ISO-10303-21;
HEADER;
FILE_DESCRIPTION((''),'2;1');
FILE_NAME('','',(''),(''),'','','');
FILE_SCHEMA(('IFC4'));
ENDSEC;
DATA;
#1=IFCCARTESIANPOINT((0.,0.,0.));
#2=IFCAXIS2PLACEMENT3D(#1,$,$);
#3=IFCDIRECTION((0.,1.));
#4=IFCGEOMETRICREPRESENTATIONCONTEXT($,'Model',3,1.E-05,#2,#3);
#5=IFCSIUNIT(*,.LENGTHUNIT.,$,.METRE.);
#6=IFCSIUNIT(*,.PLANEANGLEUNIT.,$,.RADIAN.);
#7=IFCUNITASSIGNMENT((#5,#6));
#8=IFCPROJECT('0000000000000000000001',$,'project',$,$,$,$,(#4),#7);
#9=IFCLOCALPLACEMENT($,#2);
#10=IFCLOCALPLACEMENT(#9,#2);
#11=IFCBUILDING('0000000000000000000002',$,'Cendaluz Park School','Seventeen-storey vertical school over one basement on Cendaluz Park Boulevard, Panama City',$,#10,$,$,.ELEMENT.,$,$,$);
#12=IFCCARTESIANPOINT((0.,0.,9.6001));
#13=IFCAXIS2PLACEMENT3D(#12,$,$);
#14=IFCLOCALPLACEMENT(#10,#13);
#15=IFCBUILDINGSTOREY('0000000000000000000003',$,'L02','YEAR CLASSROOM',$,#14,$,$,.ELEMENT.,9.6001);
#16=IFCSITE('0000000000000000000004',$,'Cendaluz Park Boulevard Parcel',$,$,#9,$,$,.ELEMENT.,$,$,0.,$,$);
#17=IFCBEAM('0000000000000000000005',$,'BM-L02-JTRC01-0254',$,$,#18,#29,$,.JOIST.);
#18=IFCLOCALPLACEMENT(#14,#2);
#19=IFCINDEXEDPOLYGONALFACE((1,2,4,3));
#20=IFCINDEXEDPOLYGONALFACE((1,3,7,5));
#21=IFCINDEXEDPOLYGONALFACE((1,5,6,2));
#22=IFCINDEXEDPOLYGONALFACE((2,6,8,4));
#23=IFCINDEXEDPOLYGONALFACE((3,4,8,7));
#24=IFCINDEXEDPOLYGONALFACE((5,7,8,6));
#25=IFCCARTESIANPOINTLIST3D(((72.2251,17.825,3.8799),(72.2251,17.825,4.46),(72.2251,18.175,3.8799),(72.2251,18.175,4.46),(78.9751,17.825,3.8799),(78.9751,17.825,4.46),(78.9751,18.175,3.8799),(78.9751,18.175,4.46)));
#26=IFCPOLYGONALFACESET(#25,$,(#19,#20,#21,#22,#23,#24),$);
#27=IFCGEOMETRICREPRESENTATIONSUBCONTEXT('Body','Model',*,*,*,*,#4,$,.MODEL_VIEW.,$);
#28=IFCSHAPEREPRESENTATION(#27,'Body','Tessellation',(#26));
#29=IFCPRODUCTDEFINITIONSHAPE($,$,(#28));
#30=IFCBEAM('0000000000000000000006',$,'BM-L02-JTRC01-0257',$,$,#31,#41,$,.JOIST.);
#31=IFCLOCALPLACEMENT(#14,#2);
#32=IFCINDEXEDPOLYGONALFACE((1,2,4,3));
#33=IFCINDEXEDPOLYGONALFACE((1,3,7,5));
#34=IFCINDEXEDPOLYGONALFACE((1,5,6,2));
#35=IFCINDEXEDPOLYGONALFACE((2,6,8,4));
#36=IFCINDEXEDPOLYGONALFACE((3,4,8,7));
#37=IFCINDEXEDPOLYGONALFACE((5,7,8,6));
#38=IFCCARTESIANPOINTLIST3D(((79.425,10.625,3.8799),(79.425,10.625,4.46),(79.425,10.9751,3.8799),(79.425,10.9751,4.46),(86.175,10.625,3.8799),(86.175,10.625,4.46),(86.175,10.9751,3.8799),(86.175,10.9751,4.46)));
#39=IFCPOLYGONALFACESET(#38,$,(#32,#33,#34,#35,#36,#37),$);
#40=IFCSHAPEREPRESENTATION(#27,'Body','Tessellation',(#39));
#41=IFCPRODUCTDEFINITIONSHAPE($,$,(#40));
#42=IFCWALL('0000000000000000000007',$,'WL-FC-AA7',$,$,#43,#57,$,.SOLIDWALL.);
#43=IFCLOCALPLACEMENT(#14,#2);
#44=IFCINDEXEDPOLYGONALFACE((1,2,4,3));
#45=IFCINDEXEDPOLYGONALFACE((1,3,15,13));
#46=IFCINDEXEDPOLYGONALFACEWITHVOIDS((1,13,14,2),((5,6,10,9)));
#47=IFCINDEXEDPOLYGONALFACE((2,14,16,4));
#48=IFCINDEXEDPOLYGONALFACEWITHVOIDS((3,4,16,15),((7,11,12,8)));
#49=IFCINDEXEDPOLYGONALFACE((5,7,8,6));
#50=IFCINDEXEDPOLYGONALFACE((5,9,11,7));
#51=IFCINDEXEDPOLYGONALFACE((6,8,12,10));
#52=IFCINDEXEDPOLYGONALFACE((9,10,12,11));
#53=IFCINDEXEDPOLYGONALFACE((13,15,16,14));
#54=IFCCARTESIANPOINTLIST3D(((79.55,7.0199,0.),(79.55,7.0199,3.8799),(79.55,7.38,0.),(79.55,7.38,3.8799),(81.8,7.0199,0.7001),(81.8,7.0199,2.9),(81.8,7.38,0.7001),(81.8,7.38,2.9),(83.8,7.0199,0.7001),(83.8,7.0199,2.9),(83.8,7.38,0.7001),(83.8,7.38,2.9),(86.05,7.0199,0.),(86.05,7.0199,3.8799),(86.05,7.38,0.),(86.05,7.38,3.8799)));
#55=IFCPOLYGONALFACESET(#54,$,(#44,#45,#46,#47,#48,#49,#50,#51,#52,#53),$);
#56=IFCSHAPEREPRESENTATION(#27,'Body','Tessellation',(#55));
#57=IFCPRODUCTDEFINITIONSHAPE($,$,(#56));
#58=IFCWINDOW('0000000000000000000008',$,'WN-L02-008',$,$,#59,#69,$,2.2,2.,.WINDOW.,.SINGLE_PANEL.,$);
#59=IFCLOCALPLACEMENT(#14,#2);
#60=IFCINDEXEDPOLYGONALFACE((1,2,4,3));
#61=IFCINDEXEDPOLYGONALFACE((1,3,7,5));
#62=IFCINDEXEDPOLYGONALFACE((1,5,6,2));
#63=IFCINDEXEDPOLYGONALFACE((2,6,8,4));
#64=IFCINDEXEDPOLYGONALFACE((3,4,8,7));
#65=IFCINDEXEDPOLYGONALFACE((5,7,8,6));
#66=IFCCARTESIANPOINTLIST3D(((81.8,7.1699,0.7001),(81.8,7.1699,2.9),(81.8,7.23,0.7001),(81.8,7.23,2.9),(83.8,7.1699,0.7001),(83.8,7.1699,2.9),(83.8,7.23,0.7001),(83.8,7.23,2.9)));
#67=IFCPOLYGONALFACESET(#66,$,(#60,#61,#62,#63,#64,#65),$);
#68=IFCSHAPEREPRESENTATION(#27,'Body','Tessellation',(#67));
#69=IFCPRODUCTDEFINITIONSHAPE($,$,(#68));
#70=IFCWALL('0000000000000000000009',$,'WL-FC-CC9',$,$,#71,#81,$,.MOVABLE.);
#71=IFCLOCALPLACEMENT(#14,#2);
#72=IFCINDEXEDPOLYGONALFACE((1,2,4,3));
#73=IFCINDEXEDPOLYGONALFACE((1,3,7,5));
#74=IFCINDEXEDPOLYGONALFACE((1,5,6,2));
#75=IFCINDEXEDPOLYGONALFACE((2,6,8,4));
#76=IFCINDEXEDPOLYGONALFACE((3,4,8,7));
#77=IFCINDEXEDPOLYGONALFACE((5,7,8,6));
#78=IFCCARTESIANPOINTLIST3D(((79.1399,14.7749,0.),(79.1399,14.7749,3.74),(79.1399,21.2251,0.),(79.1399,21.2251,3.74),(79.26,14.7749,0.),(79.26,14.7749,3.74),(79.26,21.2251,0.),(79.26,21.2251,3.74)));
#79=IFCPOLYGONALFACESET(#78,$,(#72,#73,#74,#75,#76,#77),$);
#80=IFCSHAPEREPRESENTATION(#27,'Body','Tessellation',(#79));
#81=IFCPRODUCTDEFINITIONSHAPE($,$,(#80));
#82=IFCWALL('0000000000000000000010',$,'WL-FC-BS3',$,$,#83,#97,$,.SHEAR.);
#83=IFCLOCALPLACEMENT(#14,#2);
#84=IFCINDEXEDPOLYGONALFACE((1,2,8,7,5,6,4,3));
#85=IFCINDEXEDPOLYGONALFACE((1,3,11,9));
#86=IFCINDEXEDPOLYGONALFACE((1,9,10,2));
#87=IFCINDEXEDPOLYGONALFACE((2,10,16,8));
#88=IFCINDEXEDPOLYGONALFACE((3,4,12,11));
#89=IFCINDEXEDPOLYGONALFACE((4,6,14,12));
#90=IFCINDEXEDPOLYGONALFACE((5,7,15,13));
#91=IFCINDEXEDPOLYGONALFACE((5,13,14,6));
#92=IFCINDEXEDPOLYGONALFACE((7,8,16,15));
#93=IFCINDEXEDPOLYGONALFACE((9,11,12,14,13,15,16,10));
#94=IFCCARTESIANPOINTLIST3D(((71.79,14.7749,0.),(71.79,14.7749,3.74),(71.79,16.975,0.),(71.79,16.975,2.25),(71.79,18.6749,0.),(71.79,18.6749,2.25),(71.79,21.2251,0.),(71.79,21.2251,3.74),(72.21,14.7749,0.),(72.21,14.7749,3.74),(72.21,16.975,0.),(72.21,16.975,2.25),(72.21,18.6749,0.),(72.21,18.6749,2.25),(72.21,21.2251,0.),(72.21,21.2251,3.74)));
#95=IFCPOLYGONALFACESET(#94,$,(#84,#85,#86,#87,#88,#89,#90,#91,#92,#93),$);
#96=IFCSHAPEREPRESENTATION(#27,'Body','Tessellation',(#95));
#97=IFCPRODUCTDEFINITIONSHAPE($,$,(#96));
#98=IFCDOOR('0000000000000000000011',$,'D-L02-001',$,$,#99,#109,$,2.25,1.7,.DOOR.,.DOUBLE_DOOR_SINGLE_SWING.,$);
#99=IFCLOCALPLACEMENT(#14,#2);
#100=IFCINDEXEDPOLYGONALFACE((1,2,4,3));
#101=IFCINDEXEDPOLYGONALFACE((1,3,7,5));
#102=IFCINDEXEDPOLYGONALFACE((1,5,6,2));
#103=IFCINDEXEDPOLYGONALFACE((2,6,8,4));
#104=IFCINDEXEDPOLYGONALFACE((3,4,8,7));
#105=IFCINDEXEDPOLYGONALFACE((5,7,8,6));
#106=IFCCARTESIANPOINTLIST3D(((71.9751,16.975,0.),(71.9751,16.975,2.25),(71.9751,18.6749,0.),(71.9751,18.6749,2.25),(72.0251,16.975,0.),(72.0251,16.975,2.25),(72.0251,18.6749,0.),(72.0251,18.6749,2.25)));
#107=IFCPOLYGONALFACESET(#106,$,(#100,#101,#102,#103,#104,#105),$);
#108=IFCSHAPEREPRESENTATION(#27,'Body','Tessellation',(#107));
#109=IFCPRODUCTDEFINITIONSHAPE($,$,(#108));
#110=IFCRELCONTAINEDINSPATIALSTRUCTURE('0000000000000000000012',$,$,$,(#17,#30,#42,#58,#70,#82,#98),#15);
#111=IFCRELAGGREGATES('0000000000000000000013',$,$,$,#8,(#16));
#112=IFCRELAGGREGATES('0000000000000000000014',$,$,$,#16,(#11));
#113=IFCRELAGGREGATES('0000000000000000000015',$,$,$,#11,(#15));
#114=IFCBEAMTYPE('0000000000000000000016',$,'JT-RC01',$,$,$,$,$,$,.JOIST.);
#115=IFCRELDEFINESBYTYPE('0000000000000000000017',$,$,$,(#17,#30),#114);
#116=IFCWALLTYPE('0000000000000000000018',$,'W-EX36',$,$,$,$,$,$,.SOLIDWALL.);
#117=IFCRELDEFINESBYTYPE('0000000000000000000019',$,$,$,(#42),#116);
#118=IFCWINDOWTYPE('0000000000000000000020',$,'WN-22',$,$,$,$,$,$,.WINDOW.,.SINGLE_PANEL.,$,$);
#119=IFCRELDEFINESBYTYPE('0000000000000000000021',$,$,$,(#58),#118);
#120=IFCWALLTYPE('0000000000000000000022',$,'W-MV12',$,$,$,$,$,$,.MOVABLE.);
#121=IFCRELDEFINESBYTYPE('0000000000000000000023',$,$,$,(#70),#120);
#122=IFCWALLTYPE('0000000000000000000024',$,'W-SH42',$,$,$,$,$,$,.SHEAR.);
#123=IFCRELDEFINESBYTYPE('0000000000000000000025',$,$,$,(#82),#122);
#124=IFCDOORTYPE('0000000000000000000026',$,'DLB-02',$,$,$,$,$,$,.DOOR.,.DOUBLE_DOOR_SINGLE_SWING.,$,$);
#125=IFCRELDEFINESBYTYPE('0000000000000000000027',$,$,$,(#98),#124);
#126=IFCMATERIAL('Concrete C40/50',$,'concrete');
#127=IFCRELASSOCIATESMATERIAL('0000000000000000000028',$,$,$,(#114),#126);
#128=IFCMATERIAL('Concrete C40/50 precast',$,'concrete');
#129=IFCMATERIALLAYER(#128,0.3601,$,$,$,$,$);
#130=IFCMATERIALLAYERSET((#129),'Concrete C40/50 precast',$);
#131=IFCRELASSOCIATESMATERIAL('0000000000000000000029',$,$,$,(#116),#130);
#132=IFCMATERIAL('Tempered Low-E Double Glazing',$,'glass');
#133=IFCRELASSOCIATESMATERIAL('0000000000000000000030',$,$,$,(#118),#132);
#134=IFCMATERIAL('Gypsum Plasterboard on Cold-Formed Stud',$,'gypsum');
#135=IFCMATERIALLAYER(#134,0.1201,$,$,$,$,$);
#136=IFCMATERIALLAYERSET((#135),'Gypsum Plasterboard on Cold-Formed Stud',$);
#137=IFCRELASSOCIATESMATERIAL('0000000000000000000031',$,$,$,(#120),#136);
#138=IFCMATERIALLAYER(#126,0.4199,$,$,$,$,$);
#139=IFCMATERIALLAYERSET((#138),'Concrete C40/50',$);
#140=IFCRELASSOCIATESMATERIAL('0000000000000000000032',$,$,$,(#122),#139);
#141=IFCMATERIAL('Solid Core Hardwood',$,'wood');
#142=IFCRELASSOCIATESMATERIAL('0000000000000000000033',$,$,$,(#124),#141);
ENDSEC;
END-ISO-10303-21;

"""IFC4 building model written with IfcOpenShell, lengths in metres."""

from ifc_helpers import new_model, si_unit, direction, frame, frame_2d, origin, origin_2d, place, context, subcontext, project, spatial, rectangle, extrude, material, layer, layer_set, material_profile, profile_set, type_object, element, fill, save


model = new_model("IFC4")

# Units and contexts
model_context = context("Model", 3, precision=1e-05, world=origin(), true_north=direction((0.0, 1.0)))
body_context = subcontext(model_context, "Body", "Model", "MODEL_VIEW")
ifc_project = project(units=[si_unit("LENGTHUNIT", "METRE"), si_unit("PLANEANGLEUNIT", "RADIAN")], contexts=[model_context])

# Site, building, storey
site_placement = place(None, origin())
site = spatial("IfcSite", under=ifc_project, at=site_placement, Name="Cendaluz Park Boulevard Parcel", CompositionType="ELEMENT", RefElevation=0.0)
building_placement = place(site_placement, origin())
building = spatial("IfcBuilding", under=site, at=building_placement, Name="Cendaluz Park School", Description="Seventeen-storey vertical school over one basement on Cendaluz Park Boulevard, Panama City", CompositionType="ELEMENT")
storey_placement = place(building_placement, frame((0.0, 0.0, 9.6001)))
storey = spatial("IfcBuildingStorey", under=building, at=storey_placement, Name="L02", Description="YEAR CLASSROOM", CompositionType="ELEMENT", Elevation=9.6001)

# Shared definitions
ifc_material_1 = material(Name="Concrete C40/50", Category="concrete")

# Beams
ifc_material_profile_1 = material_profile(ifc_material_1, rectangle(XDim=0.3501, YDim=0.5801, at=origin_2d()), Name="RC 350x580", Category="concrete")
ifc_profile_set_1 = profile_set([ifc_material_profile_1], Name="Concrete C40/50")
beam_type_1 = type_object("IfcBeamType", Name="JT-RC01", PredefinedType="JOIST", material=ifc_profile_set_1)
for number, where, z_axis, x_axis, name in (
    (1, (72.2251, 18.0, 4.1699), (1.0, 0.0, 0.0), (0.0, 1.0, 0.0), "BM-L02-JTRC01-0254"),
    (2, (79.425, 10.8, 4.1699), (1.0, 0.0, 0.0), (0.0, 1.0, 0.0), "BM-L02-JTRC01-0257"),
):
    element("IfcBeam", number, at=place(storey_placement, frame(where, z_axis=z_axis, x_axis=x_axis)), inside=storey, type_object=beam_type_1, Name=name, PredefinedType="JOIST", context=body_context, shape_type="SweptSolid", body=[
        extrude(rectangle(XDim=0.3501, YDim=0.5801, at=origin_2d()), origin(), (0.0, 0.0, 1.0), 6.75),
    ])

# Wall, opening, window
ifc_material_2 = material(Name="Concrete C40/50 precast", Category="concrete")
ifc_layer_1 = layer(ifc_material_2, 0.3601)
ifc_layer_set_1 = layer_set([ifc_layer_1], Name="Concrete C40/50 precast")
wall_type_1 = type_object("IfcWallType", Name="W-EX36", PredefinedType="SOLIDWALL", material=ifc_layer_set_1)
wall_1_placement = place(storey_placement, frame((79.55, 7.2, 0.0), z_axis=(0.0, 0.0, 1.0), x_axis=(1.0, 0.0, 0.0)))
wall_1 = element("IfcWall", 3, at=wall_1_placement, inside=storey, type_object=wall_type_1, Name="WL-FC-AA7", PredefinedType="SOLIDWALL", context=body_context, shape_type="SweptSolid", body=[
    extrude(rectangle(XDim=6.5, YDim=0.3601, at=frame_2d((3.25, 0.0))), origin(), (0.0, 0.0, 1.0), 3.8799),
])
opening_1_placement = place(wall_1_placement, frame((2.25, 0.0, 0.7)))
opening_1 = element("IfcOpeningElement", 4, at=opening_1_placement, cuts=wall_1, PredefinedType="OPENING", context=body_context, shape_type="SweptSolid", body=[
    extrude(rectangle(XDim=2.0, YDim=2.2, at=frame_2d((1.0, 1.1001))), frame((0.0, 0.1921, 0.0), z_axis=(0.0, -1.0, 0.0), x_axis=(1.0, 0.0, 0.0)), (0.0, 0.0, 1.0), 0.384),
])
ifc_material_3 = material(Name="Tempered Low-E Double Glazing", Category="glass")
window_type = type_object("IfcWindowType", Name="WN-22", PartitioningType="SINGLE_PANEL", PredefinedType="WINDOW", material=ifc_material_3)
window_placement = place(opening_1_placement, origin())
window = element("IfcWindow", 5, at=window_placement, inside=storey, type_object=window_type, Name="WN-L02-008", OverallHeight=2.2, OverallWidth=2.0, PartitioningType="SINGLE_PANEL", PredefinedType="WINDOW", context=body_context, shape_type="SweptSolid", body=[
    extrude(rectangle(XDim=2.0, YDim=2.2, at=frame_2d((1.0, 1.1001))), frame((0.0, 0.03, 0.0), z_axis=(0.0, -1.0, 0.0), x_axis=(1.0, 0.0, 0.0)), (0.0, 0.0, 1.0), 0.0601),
])
fill(opening_1, window)

# Shared definitions
ifc_material_4 = material(Name="Solid Core Hardwood", Category="wood")

# Wall
ifc_material_5 = material(Name="Gypsum Plasterboard on Cold-Formed Stud", Category="gypsum")
ifc_layer_2 = layer(ifc_material_5, 0.1201)
ifc_layer_set_2 = layer_set([ifc_layer_2], Name="Gypsum Plasterboard on Cold-Formed Stud")
wall_type_2 = type_object("IfcWallType", Name="W-MV12", PredefinedType="MOVABLE", material=ifc_layer_set_2)
wall_2_placement = place(storey_placement, frame((79.2, 14.7749, 0.0), z_axis=(0.0, 0.0, 1.0), x_axis=(0.0, 1.0, 0.0)))
element("IfcWall", 6, at=wall_2_placement, inside=storey, type_object=wall_type_2, Name="WL-FC-CC9", PredefinedType="MOVABLE", context=body_context, shape_type="SweptSolid", body=[
    extrude(rectangle(XDim=6.4502, YDim=0.1201, at=frame_2d((3.2251, 0.0))), origin(), (0.0, 0.0, 1.0), 3.74),
])

# Wall, opening, door
ifc_layer_3 = layer(ifc_material_1, 0.4199)
ifc_layer_set_3 = layer_set([ifc_layer_3], Name="Concrete C40/50")
wall_type_3 = type_object("IfcWallType", Name="W-SH42", PredefinedType="SHEAR", material=ifc_layer_set_3)
wall_3_placement = place(storey_placement, frame((72.0, 14.7749, 0.0), z_axis=(0.0, 0.0, 1.0), x_axis=(0.0, 1.0, 0.0)))
wall_3 = element("IfcWall", 7, at=wall_3_placement, inside=storey, type_object=wall_type_3, Name="WL-FC-BS3", PredefinedType="SHEAR", context=body_context, shape_type="SweptSolid", body=[
    extrude(rectangle(XDim=6.4502, YDim=0.4199, at=frame_2d((3.2251, 0.0))), origin(), (0.0, 0.0, 1.0), 3.74),
])
opening_2_placement = place(wall_3_placement, frame((2.2, 0.0, 0.0)))
opening_2 = element("IfcOpeningElement", 8, at=opening_2_placement, cuts=wall_3, PredefinedType="OPENING", context=body_context, shape_type="SweptSolid", body=[
    extrude(rectangle(XDim=1.7, YDim=2.25, at=frame_2d((0.8501, 1.125))), frame((0.0, 0.2219, 0.0), z_axis=(0.0, -1.0, 0.0), x_axis=(1.0, 0.0, 0.0)), (0.0, 0.0, 1.0), 0.4438),
])
door_type_1 = type_object("IfcDoorType", Name="DLB-02", OperationType="DOUBLE_DOOR_SINGLE_SWING", PredefinedType="DOOR", material=ifc_material_4)
door_1_placement = place(opening_2_placement, origin())
door_1 = element("IfcDoor", 9, at=door_1_placement, inside=storey, type_object=door_type_1, Name="D-L02-001", OperationType="DOUBLE_DOOR_SINGLE_SWING", OverallHeight=2.25, OverallWidth=1.7, PredefinedType="DOOR", context=body_context, shape_type="SweptSolid", body=[
    extrude(rectangle(XDim=1.7, YDim=2.25, at=frame_2d((0.8501, 1.125))), frame((0.0, 0.0249, 0.0), z_axis=(0.0, -1.0, 0.0), x_axis=(1.0, 0.0, 0.0)), (0.0, 0.0, 1.0), 0.05),
])
fill(opening_2, door_1)

save(model, "model.ifc")
